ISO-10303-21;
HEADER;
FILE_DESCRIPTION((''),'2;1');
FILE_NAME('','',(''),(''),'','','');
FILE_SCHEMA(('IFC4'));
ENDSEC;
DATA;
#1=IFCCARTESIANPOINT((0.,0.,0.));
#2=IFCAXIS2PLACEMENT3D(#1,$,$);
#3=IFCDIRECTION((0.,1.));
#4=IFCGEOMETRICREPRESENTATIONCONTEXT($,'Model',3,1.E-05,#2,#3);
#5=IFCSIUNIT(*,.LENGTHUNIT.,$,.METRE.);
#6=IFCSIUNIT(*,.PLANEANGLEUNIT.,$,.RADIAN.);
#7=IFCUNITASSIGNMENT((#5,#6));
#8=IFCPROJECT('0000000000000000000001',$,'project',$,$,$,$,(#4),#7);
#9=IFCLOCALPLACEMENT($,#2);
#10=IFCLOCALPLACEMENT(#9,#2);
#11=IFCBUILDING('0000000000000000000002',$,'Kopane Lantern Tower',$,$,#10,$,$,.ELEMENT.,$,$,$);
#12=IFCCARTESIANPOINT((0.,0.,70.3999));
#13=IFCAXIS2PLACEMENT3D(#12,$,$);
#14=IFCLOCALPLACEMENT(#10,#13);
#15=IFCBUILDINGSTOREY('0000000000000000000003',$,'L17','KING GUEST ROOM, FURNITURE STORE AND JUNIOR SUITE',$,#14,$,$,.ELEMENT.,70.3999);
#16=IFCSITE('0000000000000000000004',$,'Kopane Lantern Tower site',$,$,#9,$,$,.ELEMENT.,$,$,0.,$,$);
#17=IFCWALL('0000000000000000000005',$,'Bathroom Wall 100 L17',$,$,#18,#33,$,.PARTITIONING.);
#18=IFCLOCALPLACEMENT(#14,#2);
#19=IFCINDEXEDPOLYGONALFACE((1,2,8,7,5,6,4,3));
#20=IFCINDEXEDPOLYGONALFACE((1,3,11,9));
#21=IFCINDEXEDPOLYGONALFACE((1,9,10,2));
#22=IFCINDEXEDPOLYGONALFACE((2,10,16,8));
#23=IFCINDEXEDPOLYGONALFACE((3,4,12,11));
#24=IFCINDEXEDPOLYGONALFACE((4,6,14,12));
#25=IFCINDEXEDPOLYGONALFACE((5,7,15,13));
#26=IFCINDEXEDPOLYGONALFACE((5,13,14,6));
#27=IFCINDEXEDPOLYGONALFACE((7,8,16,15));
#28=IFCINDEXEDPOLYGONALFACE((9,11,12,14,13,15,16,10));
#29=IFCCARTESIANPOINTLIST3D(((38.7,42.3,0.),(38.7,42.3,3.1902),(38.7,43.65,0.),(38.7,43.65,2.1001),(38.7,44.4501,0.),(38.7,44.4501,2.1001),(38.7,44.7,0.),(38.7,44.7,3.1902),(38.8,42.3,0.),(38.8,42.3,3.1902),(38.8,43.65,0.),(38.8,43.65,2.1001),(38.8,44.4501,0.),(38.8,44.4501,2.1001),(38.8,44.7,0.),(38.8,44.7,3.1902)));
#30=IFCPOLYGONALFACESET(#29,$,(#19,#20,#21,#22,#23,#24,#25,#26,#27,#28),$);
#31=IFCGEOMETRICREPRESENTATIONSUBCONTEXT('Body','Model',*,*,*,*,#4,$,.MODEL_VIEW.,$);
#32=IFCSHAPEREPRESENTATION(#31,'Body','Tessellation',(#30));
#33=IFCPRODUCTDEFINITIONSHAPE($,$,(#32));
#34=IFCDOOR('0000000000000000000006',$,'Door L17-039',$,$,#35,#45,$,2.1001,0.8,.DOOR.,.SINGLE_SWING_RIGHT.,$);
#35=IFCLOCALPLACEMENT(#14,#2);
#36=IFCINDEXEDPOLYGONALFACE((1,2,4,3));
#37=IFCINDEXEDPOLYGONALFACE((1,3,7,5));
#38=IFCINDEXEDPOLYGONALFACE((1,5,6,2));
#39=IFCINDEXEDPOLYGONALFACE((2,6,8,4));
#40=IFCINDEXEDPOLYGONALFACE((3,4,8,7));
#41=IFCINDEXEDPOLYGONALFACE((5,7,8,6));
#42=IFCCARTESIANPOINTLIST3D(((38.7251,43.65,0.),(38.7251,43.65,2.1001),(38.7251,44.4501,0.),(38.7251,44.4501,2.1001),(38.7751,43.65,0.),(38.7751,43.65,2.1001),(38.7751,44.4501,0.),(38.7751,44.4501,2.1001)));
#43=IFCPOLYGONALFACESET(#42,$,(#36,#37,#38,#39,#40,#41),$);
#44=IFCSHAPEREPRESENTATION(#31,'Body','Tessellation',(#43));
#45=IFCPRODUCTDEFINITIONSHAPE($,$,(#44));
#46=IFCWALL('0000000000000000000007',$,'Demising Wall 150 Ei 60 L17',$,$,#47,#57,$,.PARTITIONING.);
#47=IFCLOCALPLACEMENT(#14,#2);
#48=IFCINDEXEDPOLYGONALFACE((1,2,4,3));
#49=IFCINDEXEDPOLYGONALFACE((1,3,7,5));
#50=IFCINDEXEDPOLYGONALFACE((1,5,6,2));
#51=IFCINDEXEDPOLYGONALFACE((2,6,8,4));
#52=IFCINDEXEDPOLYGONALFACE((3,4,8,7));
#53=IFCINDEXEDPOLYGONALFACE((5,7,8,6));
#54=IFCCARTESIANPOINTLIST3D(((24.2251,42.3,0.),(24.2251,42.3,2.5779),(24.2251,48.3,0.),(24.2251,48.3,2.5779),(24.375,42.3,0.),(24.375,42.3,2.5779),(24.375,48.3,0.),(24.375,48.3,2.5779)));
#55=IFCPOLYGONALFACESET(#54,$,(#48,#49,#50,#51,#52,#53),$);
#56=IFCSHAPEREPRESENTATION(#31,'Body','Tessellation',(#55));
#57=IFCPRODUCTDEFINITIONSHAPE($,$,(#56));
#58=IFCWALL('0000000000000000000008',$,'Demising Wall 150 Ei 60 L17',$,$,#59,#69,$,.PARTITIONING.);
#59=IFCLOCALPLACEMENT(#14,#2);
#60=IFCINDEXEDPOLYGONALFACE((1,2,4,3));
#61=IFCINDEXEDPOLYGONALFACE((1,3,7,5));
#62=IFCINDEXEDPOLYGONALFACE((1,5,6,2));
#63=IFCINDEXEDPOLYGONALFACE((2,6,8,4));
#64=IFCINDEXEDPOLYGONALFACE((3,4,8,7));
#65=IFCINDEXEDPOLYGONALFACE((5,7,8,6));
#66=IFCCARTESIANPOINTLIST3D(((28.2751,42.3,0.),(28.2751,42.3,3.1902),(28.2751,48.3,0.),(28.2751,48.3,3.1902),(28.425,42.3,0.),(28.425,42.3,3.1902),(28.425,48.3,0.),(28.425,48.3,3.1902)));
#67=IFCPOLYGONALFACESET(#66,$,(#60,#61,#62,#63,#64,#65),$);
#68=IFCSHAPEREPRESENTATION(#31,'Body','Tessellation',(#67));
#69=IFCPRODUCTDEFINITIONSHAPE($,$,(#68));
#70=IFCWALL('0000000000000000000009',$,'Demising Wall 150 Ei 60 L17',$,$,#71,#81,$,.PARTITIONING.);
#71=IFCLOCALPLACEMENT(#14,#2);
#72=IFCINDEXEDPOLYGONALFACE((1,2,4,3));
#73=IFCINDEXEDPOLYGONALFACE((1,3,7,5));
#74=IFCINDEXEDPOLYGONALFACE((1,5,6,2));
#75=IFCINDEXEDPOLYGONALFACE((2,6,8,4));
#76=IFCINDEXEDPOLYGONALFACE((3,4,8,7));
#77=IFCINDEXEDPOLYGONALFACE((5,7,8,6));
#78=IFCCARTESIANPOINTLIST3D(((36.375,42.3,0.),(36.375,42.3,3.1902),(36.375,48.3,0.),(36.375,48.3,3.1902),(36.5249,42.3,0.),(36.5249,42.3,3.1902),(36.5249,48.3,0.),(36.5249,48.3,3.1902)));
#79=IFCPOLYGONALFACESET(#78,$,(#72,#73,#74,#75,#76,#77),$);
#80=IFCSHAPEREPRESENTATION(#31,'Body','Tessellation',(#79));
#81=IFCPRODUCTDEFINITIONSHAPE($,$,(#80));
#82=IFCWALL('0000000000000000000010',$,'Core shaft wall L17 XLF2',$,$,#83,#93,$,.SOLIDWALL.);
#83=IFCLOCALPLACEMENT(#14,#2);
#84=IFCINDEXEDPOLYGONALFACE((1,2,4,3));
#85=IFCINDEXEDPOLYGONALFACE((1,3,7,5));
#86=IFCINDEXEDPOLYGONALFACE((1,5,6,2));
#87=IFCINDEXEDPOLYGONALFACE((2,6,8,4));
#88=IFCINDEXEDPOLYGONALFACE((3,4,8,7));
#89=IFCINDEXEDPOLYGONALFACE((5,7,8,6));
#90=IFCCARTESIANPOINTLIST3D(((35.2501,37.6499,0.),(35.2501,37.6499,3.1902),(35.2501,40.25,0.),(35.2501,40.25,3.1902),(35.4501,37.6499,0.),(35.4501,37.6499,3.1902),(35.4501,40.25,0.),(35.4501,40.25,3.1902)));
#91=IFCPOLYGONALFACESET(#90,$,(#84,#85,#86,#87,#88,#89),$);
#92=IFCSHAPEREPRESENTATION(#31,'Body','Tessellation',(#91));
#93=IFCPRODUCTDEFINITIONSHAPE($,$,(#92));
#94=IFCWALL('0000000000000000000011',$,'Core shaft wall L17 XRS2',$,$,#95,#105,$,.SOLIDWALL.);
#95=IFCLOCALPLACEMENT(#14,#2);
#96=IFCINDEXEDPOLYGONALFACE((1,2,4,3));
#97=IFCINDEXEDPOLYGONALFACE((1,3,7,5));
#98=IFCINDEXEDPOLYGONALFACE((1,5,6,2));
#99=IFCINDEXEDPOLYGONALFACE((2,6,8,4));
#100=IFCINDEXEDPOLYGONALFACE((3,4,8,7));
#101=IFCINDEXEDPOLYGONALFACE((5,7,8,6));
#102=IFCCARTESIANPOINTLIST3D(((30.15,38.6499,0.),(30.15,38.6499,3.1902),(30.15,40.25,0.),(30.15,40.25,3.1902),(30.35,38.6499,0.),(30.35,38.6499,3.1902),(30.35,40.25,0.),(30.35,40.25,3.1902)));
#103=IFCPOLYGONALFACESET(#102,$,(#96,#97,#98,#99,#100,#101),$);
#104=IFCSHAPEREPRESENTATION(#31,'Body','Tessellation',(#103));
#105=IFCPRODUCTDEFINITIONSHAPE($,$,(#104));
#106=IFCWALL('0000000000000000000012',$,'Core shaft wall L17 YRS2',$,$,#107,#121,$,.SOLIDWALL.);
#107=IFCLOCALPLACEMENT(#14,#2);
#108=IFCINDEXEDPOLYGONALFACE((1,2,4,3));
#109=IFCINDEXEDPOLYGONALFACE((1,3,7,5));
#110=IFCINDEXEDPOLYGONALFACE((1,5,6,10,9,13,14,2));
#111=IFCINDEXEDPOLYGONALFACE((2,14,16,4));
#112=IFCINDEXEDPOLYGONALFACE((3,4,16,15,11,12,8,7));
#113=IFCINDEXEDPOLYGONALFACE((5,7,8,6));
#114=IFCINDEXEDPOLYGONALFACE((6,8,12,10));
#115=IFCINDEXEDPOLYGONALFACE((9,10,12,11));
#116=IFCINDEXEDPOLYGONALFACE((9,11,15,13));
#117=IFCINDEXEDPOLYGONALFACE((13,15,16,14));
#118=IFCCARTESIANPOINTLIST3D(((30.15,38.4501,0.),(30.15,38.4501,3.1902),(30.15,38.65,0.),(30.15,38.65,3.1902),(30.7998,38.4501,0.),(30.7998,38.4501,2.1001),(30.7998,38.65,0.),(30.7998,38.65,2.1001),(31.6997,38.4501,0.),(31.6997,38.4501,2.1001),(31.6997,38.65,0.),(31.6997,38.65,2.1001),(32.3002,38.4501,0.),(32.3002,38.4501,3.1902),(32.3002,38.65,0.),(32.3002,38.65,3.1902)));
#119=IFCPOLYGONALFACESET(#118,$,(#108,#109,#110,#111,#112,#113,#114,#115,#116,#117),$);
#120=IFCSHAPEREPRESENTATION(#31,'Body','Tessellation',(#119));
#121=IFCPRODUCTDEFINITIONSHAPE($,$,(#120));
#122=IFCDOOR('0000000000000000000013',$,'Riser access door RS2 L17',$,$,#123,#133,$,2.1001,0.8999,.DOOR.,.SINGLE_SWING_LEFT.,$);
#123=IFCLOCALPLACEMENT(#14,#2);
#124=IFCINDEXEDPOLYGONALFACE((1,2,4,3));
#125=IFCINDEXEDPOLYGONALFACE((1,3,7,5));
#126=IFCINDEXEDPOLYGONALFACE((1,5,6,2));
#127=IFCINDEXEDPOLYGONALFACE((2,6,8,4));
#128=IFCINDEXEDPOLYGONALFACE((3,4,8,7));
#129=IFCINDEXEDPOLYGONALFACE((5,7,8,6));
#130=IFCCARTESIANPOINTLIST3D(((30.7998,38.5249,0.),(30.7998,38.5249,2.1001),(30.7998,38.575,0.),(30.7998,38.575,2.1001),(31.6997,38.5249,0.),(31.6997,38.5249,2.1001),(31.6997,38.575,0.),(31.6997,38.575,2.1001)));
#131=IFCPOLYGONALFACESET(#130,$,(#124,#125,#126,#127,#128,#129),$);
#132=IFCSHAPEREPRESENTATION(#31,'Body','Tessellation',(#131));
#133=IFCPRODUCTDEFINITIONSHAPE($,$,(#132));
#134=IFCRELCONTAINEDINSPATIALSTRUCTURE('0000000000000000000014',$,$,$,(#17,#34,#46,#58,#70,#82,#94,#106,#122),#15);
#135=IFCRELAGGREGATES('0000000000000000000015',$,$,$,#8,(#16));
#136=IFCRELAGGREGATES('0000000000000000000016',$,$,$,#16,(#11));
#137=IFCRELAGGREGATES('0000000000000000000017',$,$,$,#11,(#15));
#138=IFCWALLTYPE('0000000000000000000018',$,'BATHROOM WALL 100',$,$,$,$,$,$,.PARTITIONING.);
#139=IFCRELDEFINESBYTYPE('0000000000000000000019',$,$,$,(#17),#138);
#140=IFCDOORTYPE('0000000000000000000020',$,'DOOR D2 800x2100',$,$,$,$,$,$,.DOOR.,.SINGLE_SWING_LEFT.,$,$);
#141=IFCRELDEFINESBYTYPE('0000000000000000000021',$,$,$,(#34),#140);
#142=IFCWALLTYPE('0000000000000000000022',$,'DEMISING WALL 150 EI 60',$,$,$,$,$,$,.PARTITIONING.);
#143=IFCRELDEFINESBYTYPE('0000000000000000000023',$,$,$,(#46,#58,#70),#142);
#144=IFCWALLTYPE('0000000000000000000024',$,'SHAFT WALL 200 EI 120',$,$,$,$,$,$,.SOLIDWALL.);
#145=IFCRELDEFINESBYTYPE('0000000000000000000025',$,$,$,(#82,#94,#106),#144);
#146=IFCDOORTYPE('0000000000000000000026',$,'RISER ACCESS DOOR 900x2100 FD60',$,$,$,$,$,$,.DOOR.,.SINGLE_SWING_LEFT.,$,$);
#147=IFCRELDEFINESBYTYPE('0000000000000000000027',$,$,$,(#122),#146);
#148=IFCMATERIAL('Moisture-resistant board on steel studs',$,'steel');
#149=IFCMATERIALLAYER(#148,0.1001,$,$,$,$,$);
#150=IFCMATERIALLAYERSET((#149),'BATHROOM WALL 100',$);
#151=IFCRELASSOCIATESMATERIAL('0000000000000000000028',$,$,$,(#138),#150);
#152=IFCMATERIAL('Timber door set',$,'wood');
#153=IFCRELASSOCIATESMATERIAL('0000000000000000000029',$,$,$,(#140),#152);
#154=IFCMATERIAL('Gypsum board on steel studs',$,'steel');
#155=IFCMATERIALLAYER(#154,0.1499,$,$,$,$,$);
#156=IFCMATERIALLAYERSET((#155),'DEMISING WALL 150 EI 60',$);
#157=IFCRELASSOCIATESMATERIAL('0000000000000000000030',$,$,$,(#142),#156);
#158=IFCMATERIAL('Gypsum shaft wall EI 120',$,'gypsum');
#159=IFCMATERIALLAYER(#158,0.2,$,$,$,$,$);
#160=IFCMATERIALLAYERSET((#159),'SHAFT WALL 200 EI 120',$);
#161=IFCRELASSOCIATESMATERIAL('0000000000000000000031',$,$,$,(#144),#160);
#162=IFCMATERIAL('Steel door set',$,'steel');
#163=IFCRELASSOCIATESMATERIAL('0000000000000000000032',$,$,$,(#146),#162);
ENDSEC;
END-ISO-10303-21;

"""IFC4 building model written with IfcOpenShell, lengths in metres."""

from ifc_helpers import new_model, si_unit, direction, frame, frame_2d, origin, place, context, subcontext, project, spatial, rectangle, extrude, material, layer, layer_set, type_object, element, fill, save


model = new_model("IFC4")

# Units and contexts
model_context = context("Model", 3, precision=1e-05, world=origin(), true_north=direction((0.0, 1.0)))
body_context = subcontext(model_context, "Body", "Model", "MODEL_VIEW")
ifc_project = project(units=[si_unit("LENGTHUNIT", "METRE"), si_unit("PLANEANGLEUNIT", "RADIAN")], contexts=[model_context])

# Site, building, storey
site_placement = place(None, origin())
site = spatial("IfcSite", under=ifc_project, at=site_placement, Name="Kopane Lantern Tower site", CompositionType="ELEMENT", RefElevation=0.0)
building_placement = place(site_placement, origin())
building = spatial("IfcBuilding", under=site, at=building_placement, Name="Kopane Lantern Tower", CompositionType="ELEMENT")
storey_placement = place(building_placement, frame((0.0, 0.0, 70.3999)))
storey = spatial("IfcBuildingStorey", under=building, at=storey_placement, Name="L17", Description="KING GUEST ROOM, FURNITURE STORE AND JUNIOR SUITE", CompositionType="ELEMENT", Elevation=70.3999)

# Shared definitions
ifc_material_1 = material(Name="Moisture-resistant board on steel studs", Category="steel")
ifc_layer_1 = layer(ifc_material_1, 0.1001)
ifc_layer_set_1 = layer_set([ifc_layer_1], Name="BATHROOM WALL 100")
wall_type_1 = type_object("IfcWallType", Name="BATHROOM WALL 100", PredefinedType="PARTITIONING", material=ifc_layer_set_1)

# Shared definitions
ifc_material_2 = material(Name="Timber door set", Category="wood")
door_type_1 = type_object("IfcDoorType", Name="DOOR D2 800x2100", OperationType="SINGLE_SWING_LEFT", PredefinedType="DOOR", material=ifc_material_2)

# Wall, opening, door
wall_1_placement = place(storey_placement, frame((38.75, 42.3, 0.0), z_axis=(0.0, 0.0, 1.0), x_axis=(0.0, 1.0, 0.0)))
wall_1 = element("IfcWall", 1, at=wall_1_placement, inside=storey, type_object=wall_type_1, Name="Bathroom Wall 100 L17", PredefinedType="PARTITIONING", context=body_context, shape_type="SweptSolid", body=[
    extrude(rectangle(XDim=2.3999, YDim=0.1001, at=frame_2d((1.2, 0.0))), origin(), (0.0, 0.0, 1.0), 3.1902),
])
opening_1_placement = place(wall_1_placement, frame((1.3501, 0.0, 0.0)))
opening_1 = element("IfcOpeningElement", 2, at=opening_1_placement, cuts=wall_1, PredefinedType="OPENING", context=body_context, shape_type="SweptSolid", body=[
    extrude(rectangle(XDim=0.8, YDim=2.1001, at=frame_2d((0.3999, 1.05))), frame((0.0, 0.0601, 0.0), z_axis=(0.0, -1.0, 0.0), x_axis=(1.0, 0.0, 0.0)), (0.0, 0.0, 1.0), 0.1201),
])
door_1_placement = place(opening_1_placement, origin())
door_1 = element("IfcDoor", 3, at=door_1_placement, inside=storey, type_object=door_type_1, Name="Door L17-039", OperationType="SINGLE_SWING_RIGHT", OverallHeight=2.1001, OverallWidth=0.8, PredefinedType="DOOR", context=body_context, shape_type="SweptSolid", body=[
    extrude(rectangle(XDim=0.8, YDim=2.1001, at=frame_2d((0.3999, 1.05))), frame((0.0, 0.0249, 0.0), z_axis=(0.0, -1.0, 0.0), x_axis=(1.0, 0.0, 0.0)), (0.0, 0.0, 1.0), 0.05),
])
fill(opening_1, door_1)

# Walls
ifc_material_3 = material(Name="Gypsum board on steel studs", Category="steel")
ifc_layer_2 = layer(ifc_material_3, 0.1499)
ifc_layer_set_2 = layer_set([ifc_layer_2], Name="DEMISING WALL 150 EI 60")
wall_type_2 = type_object("IfcWallType", Name="DEMISING WALL 150 EI 60", PredefinedType="PARTITIONING", material=ifc_layer_set_2)
wall_2_placement = place(storey_placement, frame((24.3, 42.3, 0.0), z_axis=(0.0, 0.0, 1.0), x_axis=(0.0, 1.0, 0.0)))
element("IfcWall", 4, at=wall_2_placement, inside=storey, type_object=wall_type_2, Name="Demising Wall 150 Ei 60 L17", PredefinedType="PARTITIONING", context=body_context, shape_type="SweptSolid", body=[
    extrude(rectangle(XDim=6.0, YDim=0.1499, at=frame_2d((3.0, 0.0))), origin(), (0.0, 0.0, 1.0), 2.5779),
])
for number, where, z_axis, x_axis, name in (
    (5, (28.3501, 42.3, 0.0), (0.0, 0.0, 1.0), (0.0, 1.0, 0.0), "Demising Wall 150 Ei 60 L17"),
    (6, (36.45, 42.3, 0.0), (0.0, 0.0, 1.0), (0.0, 1.0, 0.0), "Demising Wall 150 Ei 60 L17"),
):
    element("IfcWall", number, at=place(storey_placement, frame(where, z_axis=z_axis, x_axis=x_axis)), inside=storey, type_object=wall_type_2, Name=name, PredefinedType="PARTITIONING", context=body_context, shape_type="SweptSolid", body=[
        extrude(rectangle(XDim=6.0, YDim=0.1499, at=frame_2d((3.0, 0.0))), origin(), (0.0, 0.0, 1.0), 3.1902),
    ])
ifc_material_4 = material(Name="Gypsum shaft wall EI 120", Category="gypsum")
ifc_layer_3 = layer(ifc_material_4, 0.2)
ifc_layer_set_3 = layer_set([ifc_layer_3], Name="SHAFT WALL 200 EI 120")
wall_type_3 = type_object("IfcWallType", Name="SHAFT WALL 200 EI 120", PredefinedType="SOLIDWALL", material=ifc_layer_set_3)
wall_3_placement = place(storey_placement, frame((35.3501, 37.6499, 0.0), z_axis=(0.0, 0.0, 1.0), x_axis=(0.0, 1.0, 0.0)))
element("IfcWall", 7, at=wall_3_placement, inside=storey, type_object=wall_type_3, Name="Core shaft wall L17 XLF2", PredefinedType="SOLIDWALL", context=body_context, shape_type="SweptSolid", body=[
    extrude(rectangle(XDim=2.6001, YDim=0.2, at=frame_2d((1.3, 0.0))), origin(), (0.0, 0.0, 1.0), 3.1902),
])
wall_4_placement = place(storey_placement, frame((30.25, 38.6499, 0.0), z_axis=(0.0, 0.0, 1.0), x_axis=(0.0, 1.0, 0.0)))
element("IfcWall", 8, at=wall_4_placement, inside=storey, type_object=wall_type_3, Name="Core shaft wall L17 XRS2", PredefinedType="SOLIDWALL", context=body_context, shape_type="SweptSolid", body=[
    extrude(rectangle(XDim=1.6001, YDim=0.2, at=frame_2d((0.8, 0.0))), origin(), (0.0, 0.0, 1.0), 3.1902),
])

# Wall, opening, door
wall_5_placement = place(storey_placement, frame((30.1499, 38.55, 0.0), z_axis=(0.0, 0.0, 1.0), x_axis=(1.0, 0.0, 0.0)))
wall_5 = element("IfcWall", 9, at=wall_5_placement, inside=storey, type_object=wall_type_3, Name="Core shaft wall L17 YRS2", PredefinedType="SOLIDWALL", context=body_context, shape_type="SweptSolid", body=[
    extrude(rectangle(XDim=2.1501, YDim=0.2, at=frame_2d((1.0752, 0.0))), origin(), (0.0, 0.0, 1.0), 3.1902),
])
opening_2_placement = place(wall_5_placement, frame((0.6499, 0.0, 0.0)))
opening_2 = element("IfcOpeningElement", 10, at=opening_2_placement, cuts=wall_5, PredefinedType="OPENING", context=body_context, shape_type="SweptSolid", body=[
    extrude(rectangle(XDim=0.8999, YDim=2.1001, at=frame_2d((0.45, 1.05))), frame((0.0, 0.1099, 0.0), z_axis=(0.0, -1.0, 0.0), x_axis=(1.0, 0.0, 0.0)), (0.0, 0.0, 1.0), 0.22),
])
ifc_material_5 = material(Name="Steel door set", Category="steel")
door_type_2 = type_object("IfcDoorType", Name="RISER ACCESS DOOR 900x2100 FD60", OperationType="SINGLE_SWING_LEFT", PredefinedType="DOOR", material=ifc_material_5)
door_2_placement = place(opening_2_placement, origin())
door_2 = element("IfcDoor", 11, at=door_2_placement, inside=storey, type_object=door_type_2, Name="Riser access door RS2 L17", OperationType="SINGLE_SWING_LEFT", OverallHeight=2.1001, OverallWidth=0.8999, PredefinedType="DOOR", context=body_context, shape_type="SweptSolid", body=[
    extrude(rectangle(XDim=0.8999, YDim=2.1001, at=frame_2d((0.45, 1.05))), frame((0.0, 0.0249, 0.0), z_axis=(0.0, -1.0, 0.0), x_axis=(1.0, 0.0, 0.0)), (0.0, 0.0, 1.0), 0.05),
])
fill(opening_2, door_2)

save(model, "model.ifc")
